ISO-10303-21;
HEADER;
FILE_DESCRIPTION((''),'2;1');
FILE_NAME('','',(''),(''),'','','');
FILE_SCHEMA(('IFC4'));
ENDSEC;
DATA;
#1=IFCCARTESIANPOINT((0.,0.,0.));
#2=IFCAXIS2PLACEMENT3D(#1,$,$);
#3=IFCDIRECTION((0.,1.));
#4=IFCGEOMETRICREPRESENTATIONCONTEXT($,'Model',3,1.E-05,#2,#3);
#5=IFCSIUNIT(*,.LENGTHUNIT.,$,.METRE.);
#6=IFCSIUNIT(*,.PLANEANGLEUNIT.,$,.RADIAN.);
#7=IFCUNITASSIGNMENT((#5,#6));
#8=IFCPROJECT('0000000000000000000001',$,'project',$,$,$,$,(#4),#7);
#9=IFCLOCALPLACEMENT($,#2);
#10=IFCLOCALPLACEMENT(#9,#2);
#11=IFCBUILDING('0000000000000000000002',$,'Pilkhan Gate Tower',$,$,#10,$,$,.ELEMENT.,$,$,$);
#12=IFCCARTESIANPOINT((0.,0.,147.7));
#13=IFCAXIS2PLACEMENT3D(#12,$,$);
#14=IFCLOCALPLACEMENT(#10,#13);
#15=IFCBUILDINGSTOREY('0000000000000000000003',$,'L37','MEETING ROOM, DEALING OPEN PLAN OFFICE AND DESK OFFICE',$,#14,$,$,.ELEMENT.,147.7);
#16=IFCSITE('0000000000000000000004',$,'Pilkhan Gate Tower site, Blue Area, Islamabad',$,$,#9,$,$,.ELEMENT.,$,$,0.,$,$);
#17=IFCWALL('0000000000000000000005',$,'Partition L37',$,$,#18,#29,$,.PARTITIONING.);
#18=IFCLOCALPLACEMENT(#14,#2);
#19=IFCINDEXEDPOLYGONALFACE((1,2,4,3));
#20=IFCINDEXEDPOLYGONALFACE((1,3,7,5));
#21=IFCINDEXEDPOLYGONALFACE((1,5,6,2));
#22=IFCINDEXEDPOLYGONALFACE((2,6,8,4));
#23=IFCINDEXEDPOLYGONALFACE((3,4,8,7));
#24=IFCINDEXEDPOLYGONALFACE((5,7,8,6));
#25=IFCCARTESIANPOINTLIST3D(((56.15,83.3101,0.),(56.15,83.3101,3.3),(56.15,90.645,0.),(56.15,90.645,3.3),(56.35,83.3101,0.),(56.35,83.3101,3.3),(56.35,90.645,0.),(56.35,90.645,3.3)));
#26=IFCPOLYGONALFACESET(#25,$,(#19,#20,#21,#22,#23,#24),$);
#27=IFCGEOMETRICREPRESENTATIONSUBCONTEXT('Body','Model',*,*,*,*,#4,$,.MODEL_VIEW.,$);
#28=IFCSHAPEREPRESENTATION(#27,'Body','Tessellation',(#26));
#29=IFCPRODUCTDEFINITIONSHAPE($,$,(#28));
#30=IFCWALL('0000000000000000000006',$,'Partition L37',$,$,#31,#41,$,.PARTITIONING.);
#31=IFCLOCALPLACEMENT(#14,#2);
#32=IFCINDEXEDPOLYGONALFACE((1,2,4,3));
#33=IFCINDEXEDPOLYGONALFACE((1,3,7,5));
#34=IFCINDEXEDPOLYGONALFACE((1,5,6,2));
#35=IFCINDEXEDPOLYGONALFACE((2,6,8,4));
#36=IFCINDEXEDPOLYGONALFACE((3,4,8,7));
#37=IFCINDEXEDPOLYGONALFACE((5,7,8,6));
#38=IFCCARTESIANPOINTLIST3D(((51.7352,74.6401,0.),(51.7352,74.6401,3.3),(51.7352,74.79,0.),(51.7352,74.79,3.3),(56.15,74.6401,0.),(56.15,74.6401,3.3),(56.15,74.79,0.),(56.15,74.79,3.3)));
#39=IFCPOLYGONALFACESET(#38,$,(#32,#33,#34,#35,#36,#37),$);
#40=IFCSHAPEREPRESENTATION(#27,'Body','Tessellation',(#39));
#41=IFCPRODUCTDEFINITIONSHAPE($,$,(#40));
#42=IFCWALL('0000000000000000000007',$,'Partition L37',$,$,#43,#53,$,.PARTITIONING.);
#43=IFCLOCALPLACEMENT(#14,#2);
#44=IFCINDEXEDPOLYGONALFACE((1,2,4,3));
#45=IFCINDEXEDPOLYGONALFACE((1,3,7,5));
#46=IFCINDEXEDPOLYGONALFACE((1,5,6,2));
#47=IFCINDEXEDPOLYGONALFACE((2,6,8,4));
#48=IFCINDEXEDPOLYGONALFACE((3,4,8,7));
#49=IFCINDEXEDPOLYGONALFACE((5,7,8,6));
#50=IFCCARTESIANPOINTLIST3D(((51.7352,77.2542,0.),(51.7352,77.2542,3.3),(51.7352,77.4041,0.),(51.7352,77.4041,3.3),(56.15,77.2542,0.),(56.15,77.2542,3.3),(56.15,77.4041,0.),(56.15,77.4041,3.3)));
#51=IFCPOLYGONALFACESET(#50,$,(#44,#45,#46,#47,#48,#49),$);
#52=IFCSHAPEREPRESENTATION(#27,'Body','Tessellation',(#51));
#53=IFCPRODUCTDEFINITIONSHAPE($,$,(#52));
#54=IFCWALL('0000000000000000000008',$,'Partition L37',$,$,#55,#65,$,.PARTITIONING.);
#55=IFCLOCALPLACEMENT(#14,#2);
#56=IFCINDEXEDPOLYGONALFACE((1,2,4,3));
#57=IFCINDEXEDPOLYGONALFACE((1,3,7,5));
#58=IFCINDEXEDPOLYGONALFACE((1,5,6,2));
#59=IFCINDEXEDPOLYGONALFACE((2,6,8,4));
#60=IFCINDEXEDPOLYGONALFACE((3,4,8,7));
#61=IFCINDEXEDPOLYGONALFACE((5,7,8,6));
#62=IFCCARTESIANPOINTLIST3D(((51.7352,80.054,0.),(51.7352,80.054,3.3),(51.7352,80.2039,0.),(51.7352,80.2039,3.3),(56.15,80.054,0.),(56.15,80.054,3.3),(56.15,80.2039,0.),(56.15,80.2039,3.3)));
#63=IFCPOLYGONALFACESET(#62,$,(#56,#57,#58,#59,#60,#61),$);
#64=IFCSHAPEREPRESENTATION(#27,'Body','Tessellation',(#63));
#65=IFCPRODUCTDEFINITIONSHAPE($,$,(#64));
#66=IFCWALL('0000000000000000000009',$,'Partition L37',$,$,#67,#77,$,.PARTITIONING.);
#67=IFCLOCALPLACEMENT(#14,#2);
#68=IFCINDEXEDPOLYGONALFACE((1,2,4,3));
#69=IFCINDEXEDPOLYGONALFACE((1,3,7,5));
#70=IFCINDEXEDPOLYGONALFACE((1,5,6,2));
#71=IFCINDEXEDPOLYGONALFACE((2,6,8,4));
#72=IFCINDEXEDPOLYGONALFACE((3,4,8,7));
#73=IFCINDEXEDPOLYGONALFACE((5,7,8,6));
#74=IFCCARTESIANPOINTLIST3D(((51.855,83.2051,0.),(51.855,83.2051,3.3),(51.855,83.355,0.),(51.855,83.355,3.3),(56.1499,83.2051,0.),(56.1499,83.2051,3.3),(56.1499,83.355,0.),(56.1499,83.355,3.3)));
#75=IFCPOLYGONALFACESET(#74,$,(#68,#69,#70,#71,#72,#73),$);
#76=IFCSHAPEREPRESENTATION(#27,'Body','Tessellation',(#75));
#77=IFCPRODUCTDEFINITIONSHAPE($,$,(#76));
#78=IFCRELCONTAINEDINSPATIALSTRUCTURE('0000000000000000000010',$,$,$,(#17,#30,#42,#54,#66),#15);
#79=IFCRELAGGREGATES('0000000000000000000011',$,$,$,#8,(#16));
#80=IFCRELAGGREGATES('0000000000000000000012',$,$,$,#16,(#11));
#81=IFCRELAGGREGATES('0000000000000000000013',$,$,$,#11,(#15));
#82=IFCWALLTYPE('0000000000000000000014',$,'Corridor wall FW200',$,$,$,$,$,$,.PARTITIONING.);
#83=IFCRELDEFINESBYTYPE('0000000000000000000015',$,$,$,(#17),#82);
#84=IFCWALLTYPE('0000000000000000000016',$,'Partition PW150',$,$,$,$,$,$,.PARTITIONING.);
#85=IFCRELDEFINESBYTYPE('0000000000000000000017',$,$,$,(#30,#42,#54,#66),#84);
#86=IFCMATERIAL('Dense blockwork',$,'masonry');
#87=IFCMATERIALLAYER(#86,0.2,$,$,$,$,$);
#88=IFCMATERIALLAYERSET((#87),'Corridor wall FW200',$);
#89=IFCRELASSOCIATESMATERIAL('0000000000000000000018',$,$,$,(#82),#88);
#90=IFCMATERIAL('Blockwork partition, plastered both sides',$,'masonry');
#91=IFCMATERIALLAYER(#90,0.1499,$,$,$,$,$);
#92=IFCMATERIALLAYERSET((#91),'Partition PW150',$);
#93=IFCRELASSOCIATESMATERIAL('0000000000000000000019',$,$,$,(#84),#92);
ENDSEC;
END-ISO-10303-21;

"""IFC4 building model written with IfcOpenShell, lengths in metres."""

from ifc_helpers import new_model, si_unit, direction, frame, frame_2d, origin, place, context, subcontext, project, spatial, rectangle, extrude, material, layer, layer_set, type_object, element, save


model = new_model("IFC4")

# Units and contexts
model_context = context("Model", 3, precision=1e-05, world=origin(), true_north=direction((0.0, 1.0)))
body_context = subcontext(model_context, "Body", "Model", "MODEL_VIEW")
ifc_project = project(units=[si_unit("LENGTHUNIT", "METRE"), si_unit("PLANEANGLEUNIT", "RADIAN")], contexts=[model_context])

# Site, building, storey
site_placement = place(None, origin())
site = spatial("IfcSite", under=ifc_project, at=site_placement, Name="Pilkhan Gate Tower site, Blue Area, Islamabad", CompositionType="ELEMENT", RefElevation=0.0)
building_placement = place(site_placement, origin())
building = spatial("IfcBuilding", under=site, at=building_placement, Name="Pilkhan Gate Tower", CompositionType="ELEMENT")
storey_placement = place(building_placement, frame((0.0, 0.0, 147.7)))
storey = spatial("IfcBuildingStorey", under=building, at=storey_placement, Name="L37", Description="MEETING ROOM, DEALING OPEN PLAN OFFICE AND DESK OFFICE", CompositionType="ELEMENT", Elevation=147.7)

# Walls
ifc_material_1 = material(Name="Dense blockwork", Category="masonry")
ifc_layer_1 = layer(ifc_material_1, 0.2)
ifc_layer_set_1 = layer_set([ifc_layer_1], Name="Corridor wall FW200")
wall_type_1 = type_object("IfcWallType", Name="Corridor wall FW200", PredefinedType="PARTITIONING", material=ifc_layer_set_1)
wall_1_placement = place(storey_placement, frame((56.25, 83.3101, 0.0), z_axis=(0.0, 0.0, 1.0), x_axis=(0.0, 1.0, 0.0)))
element("IfcWall", 1, at=wall_1_placement, inside=storey, type_object=wall_type_1, Name="Partition L37", PredefinedType="PARTITIONING", context=body_context, shape_type="SweptSolid", body=[
    extrude(rectangle(XDim=7.335, YDim=0.2, at=frame_2d((3.6675, 0.0))), origin(), (0.0, 0.0, 1.0), 3.3),
])
ifc_material_2 = material(Name="Blockwork partition, plastered both sides", Category="masonry")
ifc_layer_2 = layer(ifc_material_2, 0.1499)
ifc_layer_set_2 = layer_set([ifc_layer_2], Name="Partition PW150")
wall_type_2 = type_object("IfcWallType", Name="Partition PW150", PredefinedType="PARTITIONING", material=ifc_layer_set_2)
for number, where, z_axis, x_axis, name in (
    (2, (51.7351, 74.7151, 0.0), (0.0, 0.0, 1.0), (1.0, 0.0, 0.0), "Partition L37"),
    (3, (51.7351, 77.3291, 0.0), (0.0, 0.0, 1.0), (1.0, 0.0, 0.0), "Partition L37"),
    (4, (51.7351, 80.1289, 0.0), (0.0, 0.0, 1.0), (1.0, 0.0, 0.0), "Partition L37"),
):
    element("IfcWall", number, at=place(storey_placement, frame(where, z_axis=z_axis, x_axis=x_axis)), inside=storey, type_object=wall_type_2, Name=name, PredefinedType="PARTITIONING", context=body_context, shape_type="SweptSolid", body=[
        extrude(rectangle(XDim=4.4148, YDim=0.1499, at=frame_2d((2.2075, 0.0))), origin(), (0.0, 0.0, 1.0), 3.3),
    ])
wall_2_placement = place(storey_placement, frame((51.855, 83.28, 0.0), z_axis=(0.0, 0.0, 1.0), x_axis=(1.0, 0.0, 0.0)))
element("IfcWall", 5, at=wall_2_placement, inside=storey, type_object=wall_type_2, Name="Partition L37", PredefinedType="PARTITIONING", context=body_context, shape_type="SweptSolid", body=[
    extrude(rectangle(XDim=4.2949, YDim=0.1499, at=frame_2d((2.1475, 0.0))), origin(), (0.0, 0.0, 1.0), 3.3),
])

save(model, "model.ifc")
